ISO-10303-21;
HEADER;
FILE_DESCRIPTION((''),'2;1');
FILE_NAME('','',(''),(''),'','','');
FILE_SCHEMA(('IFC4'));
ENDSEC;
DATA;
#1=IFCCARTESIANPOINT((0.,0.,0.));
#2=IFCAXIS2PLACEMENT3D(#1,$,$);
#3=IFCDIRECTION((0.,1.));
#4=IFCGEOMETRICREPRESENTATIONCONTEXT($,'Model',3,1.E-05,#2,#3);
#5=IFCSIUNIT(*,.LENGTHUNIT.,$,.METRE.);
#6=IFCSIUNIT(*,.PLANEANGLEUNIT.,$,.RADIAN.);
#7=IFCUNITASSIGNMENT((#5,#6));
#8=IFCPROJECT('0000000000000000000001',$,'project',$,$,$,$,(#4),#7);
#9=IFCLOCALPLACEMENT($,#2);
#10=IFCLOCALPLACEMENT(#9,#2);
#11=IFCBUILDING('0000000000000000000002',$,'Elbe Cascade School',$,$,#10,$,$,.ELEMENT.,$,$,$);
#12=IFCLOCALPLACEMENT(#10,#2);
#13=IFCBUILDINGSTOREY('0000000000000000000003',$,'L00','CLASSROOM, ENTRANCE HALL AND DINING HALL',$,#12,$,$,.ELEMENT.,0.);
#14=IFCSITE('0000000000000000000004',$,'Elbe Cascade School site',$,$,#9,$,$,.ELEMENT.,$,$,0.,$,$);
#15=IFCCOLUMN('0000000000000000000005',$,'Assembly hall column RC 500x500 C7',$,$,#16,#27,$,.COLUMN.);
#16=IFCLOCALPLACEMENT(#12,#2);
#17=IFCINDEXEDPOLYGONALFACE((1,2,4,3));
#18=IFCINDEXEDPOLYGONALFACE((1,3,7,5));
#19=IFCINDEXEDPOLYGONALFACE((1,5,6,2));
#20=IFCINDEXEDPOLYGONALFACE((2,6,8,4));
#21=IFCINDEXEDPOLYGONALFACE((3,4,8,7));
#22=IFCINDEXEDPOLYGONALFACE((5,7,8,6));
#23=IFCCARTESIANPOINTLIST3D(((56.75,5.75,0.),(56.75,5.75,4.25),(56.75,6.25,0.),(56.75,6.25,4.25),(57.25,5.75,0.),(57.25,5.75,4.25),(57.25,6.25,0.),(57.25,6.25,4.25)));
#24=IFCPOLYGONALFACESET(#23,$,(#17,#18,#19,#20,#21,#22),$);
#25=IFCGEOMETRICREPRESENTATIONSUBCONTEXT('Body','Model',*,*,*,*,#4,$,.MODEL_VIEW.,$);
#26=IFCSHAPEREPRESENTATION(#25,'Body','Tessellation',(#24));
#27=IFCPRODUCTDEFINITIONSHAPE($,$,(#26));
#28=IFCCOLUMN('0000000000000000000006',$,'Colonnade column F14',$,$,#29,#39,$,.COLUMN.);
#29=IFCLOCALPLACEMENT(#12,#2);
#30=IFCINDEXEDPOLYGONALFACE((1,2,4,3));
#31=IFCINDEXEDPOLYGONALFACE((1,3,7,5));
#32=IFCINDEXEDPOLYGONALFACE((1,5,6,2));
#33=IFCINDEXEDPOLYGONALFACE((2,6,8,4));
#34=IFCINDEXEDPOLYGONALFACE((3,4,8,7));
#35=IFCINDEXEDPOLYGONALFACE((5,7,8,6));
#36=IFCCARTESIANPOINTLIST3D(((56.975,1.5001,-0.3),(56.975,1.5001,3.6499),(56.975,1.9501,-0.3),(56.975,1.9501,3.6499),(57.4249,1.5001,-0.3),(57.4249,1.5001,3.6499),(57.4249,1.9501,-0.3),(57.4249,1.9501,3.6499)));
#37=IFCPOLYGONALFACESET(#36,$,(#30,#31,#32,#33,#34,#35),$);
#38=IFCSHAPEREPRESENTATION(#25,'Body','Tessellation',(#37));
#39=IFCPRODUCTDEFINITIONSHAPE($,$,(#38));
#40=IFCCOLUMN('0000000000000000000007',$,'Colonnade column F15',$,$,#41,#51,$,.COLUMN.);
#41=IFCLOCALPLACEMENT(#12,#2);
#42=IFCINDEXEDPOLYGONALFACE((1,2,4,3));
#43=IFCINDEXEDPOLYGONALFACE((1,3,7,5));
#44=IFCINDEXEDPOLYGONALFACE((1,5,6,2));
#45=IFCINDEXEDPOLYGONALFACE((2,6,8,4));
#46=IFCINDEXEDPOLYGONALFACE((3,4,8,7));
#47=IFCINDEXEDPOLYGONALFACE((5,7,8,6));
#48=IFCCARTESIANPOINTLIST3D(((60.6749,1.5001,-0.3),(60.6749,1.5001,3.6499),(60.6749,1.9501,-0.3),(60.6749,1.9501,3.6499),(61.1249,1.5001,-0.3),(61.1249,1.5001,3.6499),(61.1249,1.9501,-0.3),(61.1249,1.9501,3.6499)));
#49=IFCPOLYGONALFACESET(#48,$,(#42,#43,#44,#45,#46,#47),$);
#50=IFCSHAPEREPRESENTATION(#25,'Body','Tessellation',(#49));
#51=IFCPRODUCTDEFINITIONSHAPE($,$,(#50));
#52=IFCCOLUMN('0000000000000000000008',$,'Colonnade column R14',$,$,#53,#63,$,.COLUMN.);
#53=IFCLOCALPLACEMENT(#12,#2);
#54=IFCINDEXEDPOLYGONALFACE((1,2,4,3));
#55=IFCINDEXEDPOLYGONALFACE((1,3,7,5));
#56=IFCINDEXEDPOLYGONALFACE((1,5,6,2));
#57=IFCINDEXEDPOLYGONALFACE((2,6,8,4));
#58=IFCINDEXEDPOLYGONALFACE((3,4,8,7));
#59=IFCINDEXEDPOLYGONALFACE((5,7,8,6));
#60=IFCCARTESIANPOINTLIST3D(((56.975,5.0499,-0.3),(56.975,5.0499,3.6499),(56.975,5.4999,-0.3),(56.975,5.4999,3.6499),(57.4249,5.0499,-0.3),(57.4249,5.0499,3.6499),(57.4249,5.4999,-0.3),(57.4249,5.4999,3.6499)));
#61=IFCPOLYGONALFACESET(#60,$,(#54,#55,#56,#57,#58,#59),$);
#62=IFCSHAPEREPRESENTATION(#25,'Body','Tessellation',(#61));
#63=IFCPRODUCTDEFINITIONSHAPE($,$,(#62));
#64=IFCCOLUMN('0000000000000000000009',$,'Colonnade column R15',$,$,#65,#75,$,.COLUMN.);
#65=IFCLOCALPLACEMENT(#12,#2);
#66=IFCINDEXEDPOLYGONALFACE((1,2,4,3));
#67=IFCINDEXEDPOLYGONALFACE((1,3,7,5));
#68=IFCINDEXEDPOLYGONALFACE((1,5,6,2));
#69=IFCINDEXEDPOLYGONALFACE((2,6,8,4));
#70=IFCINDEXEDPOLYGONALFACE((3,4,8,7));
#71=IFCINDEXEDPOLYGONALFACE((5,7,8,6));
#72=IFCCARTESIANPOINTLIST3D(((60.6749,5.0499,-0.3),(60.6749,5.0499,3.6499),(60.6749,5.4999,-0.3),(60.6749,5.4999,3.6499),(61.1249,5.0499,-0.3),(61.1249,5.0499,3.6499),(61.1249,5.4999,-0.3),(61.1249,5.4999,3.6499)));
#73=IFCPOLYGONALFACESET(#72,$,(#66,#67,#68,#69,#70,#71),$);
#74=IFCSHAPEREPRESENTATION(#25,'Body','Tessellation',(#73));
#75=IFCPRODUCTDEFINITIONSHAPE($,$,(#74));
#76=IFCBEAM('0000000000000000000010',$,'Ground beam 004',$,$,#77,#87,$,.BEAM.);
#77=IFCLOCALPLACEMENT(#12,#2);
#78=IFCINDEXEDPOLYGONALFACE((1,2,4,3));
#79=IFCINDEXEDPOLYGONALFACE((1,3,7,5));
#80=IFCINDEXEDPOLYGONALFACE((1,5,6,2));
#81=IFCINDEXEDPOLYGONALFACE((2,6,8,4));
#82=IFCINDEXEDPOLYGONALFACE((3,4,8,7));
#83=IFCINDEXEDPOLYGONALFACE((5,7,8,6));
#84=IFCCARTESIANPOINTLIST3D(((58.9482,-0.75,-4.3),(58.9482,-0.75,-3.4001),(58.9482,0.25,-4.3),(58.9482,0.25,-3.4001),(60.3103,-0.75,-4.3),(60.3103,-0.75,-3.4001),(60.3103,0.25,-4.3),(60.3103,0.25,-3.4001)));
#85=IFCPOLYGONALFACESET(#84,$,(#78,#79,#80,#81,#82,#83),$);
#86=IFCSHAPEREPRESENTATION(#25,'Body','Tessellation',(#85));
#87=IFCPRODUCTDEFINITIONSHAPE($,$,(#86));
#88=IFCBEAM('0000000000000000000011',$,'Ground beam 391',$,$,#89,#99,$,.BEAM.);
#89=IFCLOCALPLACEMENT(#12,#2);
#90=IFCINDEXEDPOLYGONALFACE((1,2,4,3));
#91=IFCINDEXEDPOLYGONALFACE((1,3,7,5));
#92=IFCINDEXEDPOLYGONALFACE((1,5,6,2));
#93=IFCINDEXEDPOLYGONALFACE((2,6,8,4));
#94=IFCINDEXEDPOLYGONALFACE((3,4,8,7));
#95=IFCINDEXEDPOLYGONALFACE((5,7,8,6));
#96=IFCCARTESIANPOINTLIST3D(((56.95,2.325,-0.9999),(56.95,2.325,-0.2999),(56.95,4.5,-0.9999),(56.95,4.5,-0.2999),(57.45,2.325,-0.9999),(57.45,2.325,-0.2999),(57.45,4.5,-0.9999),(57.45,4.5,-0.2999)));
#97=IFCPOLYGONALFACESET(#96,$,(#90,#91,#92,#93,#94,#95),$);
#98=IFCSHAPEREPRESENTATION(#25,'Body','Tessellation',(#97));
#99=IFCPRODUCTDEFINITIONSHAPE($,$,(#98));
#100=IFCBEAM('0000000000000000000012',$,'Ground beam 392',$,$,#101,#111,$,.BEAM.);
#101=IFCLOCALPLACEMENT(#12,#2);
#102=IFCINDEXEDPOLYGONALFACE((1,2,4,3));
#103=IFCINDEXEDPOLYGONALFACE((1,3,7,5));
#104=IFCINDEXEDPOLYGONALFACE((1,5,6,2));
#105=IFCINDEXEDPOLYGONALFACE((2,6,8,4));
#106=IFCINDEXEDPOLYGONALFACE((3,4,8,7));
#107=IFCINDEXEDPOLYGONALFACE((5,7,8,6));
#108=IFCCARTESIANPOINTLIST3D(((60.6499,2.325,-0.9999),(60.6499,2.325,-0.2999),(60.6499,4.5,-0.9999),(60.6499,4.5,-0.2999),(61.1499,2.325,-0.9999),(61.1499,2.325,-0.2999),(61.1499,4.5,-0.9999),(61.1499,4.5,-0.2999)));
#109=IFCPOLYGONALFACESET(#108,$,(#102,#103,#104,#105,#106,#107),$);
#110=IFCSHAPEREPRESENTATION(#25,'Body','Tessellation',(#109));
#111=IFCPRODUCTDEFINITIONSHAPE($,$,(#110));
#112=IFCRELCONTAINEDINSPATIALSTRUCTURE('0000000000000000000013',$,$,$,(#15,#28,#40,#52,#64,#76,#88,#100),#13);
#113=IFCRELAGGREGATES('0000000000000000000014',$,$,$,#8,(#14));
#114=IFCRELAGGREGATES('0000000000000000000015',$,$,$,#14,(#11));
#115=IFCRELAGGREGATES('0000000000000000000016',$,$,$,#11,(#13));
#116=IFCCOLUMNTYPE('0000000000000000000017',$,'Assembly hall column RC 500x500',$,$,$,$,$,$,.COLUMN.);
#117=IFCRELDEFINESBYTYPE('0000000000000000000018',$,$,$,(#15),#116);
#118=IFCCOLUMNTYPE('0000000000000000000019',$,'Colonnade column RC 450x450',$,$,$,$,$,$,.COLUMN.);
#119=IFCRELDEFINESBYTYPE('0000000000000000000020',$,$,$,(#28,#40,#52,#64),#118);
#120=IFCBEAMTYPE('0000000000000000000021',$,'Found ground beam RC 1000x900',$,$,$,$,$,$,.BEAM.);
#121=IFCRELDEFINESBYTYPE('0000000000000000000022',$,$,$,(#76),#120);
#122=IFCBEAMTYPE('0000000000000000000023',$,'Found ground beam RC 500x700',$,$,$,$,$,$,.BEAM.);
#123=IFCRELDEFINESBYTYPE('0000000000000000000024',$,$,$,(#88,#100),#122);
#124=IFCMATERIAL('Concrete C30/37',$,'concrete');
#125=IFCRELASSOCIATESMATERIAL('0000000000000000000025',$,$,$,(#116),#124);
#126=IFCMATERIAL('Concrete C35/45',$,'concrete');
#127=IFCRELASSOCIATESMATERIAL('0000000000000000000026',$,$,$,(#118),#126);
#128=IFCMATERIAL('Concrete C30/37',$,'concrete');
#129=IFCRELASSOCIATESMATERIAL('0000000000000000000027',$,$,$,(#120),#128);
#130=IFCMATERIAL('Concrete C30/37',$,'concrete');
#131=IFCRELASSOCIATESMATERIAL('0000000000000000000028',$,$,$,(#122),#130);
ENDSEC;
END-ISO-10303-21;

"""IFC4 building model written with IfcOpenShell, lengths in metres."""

from ifc_helpers import new_model, si_unit, direction, frame, origin, origin_2d, place, context, subcontext, project, spatial, rectangle, extrude, material, material_profile, profile_set, type_object, element, save


model = new_model("IFC4")

# Units and contexts
model_context = context("Model", 3, precision=1e-05, world=origin(), true_north=direction((0.0, 1.0)))
body_context = subcontext(model_context, "Body", "Model", "MODEL_VIEW")
ifc_project = project(units=[si_unit("LENGTHUNIT", "METRE"), si_unit("PLANEANGLEUNIT", "RADIAN")], contexts=[model_context])

# Site, building, storey
site_placement = place(None, origin())
site = spatial("IfcSite", under=ifc_project, at=site_placement, Name="Elbe Cascade School site", CompositionType="ELEMENT", RefElevation=0.0)
building_placement = place(site_placement, origin())
building = spatial("IfcBuilding", under=site, at=building_placement, Name="Elbe Cascade School", CompositionType="ELEMENT")
storey_placement = place(building_placement, origin())
storey = spatial("IfcBuildingStorey", under=building, at=storey_placement, Name="L00", Description="CLASSROOM, ENTRANCE HALL AND DINING HALL", CompositionType="ELEMENT", Elevation=0.0)

# Columns
ifc_material_1 = material(Name="Concrete C30/37", Category="concrete")
ifc_material_profile_1 = material_profile(ifc_material_1, rectangle(XDim=0.5, YDim=0.5, at=origin_2d()), Name="RC 500x500")
ifc_profile_set_1 = profile_set([ifc_material_profile_1], Name="Concrete C30/37")
column_type_1 = type_object("IfcColumnType", Name="Assembly hall column RC 500x500", PredefinedType="COLUMN", material=ifc_profile_set_1)
column_placement = place(storey_placement, frame((57.0, 6.0, 0.0), z_axis=(0.0, 0.0, 1.0), x_axis=(1.0, 0.0, 0.0)))
element("IfcColumn", 1, at=column_placement, inside=storey, type_object=column_type_1, Name="Assembly hall column RC 500x500 C7", PredefinedType="COLUMN", context=body_context, shape_type="SweptSolid", body=[
    extrude(rectangle(XDim=0.5, YDim=0.5, at=origin_2d()), origin(), (0.0, 0.0, 1.0), 4.25),
])
ifc_material_2 = material(Name="Concrete C35/45", Category="concrete")
ifc_material_profile_2 = material_profile(ifc_material_2, rectangle(XDim=0.45, YDim=0.45, at=origin_2d()), Name="RC 450x450")
ifc_profile_set_2 = profile_set([ifc_material_profile_2], Name="Concrete C35/45")
column_type_2 = type_object("IfcColumnType", Name="Colonnade column RC 450x450", PredefinedType="COLUMN", material=ifc_profile_set_2)
for number, where, z_axis, x_axis, name in (
    (2, (57.2, 1.7251, -0.3), (0.0, 0.0, 1.0), (1.0, 0.0, 0.0), "Colonnade column F14"),
    (3, (60.8999, 1.7251, -0.3), (0.0, 0.0, 1.0), (1.0, 0.0, 0.0), "Colonnade column F15"),
    (4, (57.2, 5.2749, -0.3), (0.0, 0.0, 1.0), (1.0, 0.0, 0.0), "Colonnade column R14"),
    (5, (60.8999, 5.2749, -0.3), (0.0, 0.0, 1.0), (1.0, 0.0, 0.0), "Colonnade column R15"),
):
    element("IfcColumn", number, at=place(storey_placement, frame(where, z_axis=z_axis, x_axis=x_axis)), inside=storey, type_object=column_type_2, Name=name, PredefinedType="COLUMN", context=body_context, shape_type="SweptSolid", body=[
        extrude(rectangle(XDim=0.45, YDim=0.45, at=origin_2d()), origin(), (0.0, 0.0, 1.0), 3.95),
    ])

# Beams
ifc_material_3 = material(Name="Concrete C30/37", Category="concrete")
ifc_material_profile_3 = material_profile(ifc_material_3, rectangle(XDim=1.0, YDim=0.8999, at=origin_2d()), Name="RC 1000x900")
ifc_profile_set_3 = profile_set([ifc_material_profile_3], Name="Concrete C30/37")
beam_type_1 = type_object("IfcBeamType", Name="Found ground beam RC 1000x900", PredefinedType="BEAM", material=ifc_profile_set_3)
beam_placement = place(storey_placement, frame((58.9482, -0.25, -3.8501), z_axis=(1.0, 0.0, 0.0), x_axis=(0.0, 1.0, 0.0)))
element("IfcBeam", 6, at=beam_placement, inside=storey, type_object=beam_type_1, Name="Ground beam 004", PredefinedType="BEAM", context=body_context, shape_type="SweptSolid", body=[
    extrude(rectangle(XDim=1.0, YDim=0.8999, at=origin_2d()), origin(), (0.0, 0.0, 1.0), 1.3621),
])
ifc_material_4 = material(Name="Concrete C30/37", Category="concrete")
ifc_material_profile_4 = material_profile(ifc_material_4, rectangle(XDim=0.5, YDim=0.7, at=origin_2d()), Name="RC 500x700")
ifc_profile_set_4 = profile_set([ifc_material_profile_4], Name="Concrete C30/37")
beam_type_2 = type_object("IfcBeamType", Name="Found ground beam RC 500x700", PredefinedType="BEAM", material=ifc_profile_set_4)
for number, where, z_axis, x_axis, name in (
    (7, (57.2, 2.325, -0.6499), (0.0, 1.0, 0.0), (-1.0, 0.0, 0.0), "Ground beam 391"),
    (8, (60.8999, 2.325, -0.6499), (0.0, 1.0, 0.0), (-1.0, 0.0, 0.0), "Ground beam 392"),
):
    element("IfcBeam", number, at=place(storey_placement, frame(where, z_axis=z_axis, x_axis=x_axis)), inside=storey, type_object=beam_type_2, Name=name, PredefinedType="BEAM", context=body_context, shape_type="SweptSolid", body=[
        extrude(rectangle(XDim=0.5, YDim=0.7, at=origin_2d()), origin(), (0.0, 0.0, 1.0), 2.175),
    ])

save(model, "model.ifc")
